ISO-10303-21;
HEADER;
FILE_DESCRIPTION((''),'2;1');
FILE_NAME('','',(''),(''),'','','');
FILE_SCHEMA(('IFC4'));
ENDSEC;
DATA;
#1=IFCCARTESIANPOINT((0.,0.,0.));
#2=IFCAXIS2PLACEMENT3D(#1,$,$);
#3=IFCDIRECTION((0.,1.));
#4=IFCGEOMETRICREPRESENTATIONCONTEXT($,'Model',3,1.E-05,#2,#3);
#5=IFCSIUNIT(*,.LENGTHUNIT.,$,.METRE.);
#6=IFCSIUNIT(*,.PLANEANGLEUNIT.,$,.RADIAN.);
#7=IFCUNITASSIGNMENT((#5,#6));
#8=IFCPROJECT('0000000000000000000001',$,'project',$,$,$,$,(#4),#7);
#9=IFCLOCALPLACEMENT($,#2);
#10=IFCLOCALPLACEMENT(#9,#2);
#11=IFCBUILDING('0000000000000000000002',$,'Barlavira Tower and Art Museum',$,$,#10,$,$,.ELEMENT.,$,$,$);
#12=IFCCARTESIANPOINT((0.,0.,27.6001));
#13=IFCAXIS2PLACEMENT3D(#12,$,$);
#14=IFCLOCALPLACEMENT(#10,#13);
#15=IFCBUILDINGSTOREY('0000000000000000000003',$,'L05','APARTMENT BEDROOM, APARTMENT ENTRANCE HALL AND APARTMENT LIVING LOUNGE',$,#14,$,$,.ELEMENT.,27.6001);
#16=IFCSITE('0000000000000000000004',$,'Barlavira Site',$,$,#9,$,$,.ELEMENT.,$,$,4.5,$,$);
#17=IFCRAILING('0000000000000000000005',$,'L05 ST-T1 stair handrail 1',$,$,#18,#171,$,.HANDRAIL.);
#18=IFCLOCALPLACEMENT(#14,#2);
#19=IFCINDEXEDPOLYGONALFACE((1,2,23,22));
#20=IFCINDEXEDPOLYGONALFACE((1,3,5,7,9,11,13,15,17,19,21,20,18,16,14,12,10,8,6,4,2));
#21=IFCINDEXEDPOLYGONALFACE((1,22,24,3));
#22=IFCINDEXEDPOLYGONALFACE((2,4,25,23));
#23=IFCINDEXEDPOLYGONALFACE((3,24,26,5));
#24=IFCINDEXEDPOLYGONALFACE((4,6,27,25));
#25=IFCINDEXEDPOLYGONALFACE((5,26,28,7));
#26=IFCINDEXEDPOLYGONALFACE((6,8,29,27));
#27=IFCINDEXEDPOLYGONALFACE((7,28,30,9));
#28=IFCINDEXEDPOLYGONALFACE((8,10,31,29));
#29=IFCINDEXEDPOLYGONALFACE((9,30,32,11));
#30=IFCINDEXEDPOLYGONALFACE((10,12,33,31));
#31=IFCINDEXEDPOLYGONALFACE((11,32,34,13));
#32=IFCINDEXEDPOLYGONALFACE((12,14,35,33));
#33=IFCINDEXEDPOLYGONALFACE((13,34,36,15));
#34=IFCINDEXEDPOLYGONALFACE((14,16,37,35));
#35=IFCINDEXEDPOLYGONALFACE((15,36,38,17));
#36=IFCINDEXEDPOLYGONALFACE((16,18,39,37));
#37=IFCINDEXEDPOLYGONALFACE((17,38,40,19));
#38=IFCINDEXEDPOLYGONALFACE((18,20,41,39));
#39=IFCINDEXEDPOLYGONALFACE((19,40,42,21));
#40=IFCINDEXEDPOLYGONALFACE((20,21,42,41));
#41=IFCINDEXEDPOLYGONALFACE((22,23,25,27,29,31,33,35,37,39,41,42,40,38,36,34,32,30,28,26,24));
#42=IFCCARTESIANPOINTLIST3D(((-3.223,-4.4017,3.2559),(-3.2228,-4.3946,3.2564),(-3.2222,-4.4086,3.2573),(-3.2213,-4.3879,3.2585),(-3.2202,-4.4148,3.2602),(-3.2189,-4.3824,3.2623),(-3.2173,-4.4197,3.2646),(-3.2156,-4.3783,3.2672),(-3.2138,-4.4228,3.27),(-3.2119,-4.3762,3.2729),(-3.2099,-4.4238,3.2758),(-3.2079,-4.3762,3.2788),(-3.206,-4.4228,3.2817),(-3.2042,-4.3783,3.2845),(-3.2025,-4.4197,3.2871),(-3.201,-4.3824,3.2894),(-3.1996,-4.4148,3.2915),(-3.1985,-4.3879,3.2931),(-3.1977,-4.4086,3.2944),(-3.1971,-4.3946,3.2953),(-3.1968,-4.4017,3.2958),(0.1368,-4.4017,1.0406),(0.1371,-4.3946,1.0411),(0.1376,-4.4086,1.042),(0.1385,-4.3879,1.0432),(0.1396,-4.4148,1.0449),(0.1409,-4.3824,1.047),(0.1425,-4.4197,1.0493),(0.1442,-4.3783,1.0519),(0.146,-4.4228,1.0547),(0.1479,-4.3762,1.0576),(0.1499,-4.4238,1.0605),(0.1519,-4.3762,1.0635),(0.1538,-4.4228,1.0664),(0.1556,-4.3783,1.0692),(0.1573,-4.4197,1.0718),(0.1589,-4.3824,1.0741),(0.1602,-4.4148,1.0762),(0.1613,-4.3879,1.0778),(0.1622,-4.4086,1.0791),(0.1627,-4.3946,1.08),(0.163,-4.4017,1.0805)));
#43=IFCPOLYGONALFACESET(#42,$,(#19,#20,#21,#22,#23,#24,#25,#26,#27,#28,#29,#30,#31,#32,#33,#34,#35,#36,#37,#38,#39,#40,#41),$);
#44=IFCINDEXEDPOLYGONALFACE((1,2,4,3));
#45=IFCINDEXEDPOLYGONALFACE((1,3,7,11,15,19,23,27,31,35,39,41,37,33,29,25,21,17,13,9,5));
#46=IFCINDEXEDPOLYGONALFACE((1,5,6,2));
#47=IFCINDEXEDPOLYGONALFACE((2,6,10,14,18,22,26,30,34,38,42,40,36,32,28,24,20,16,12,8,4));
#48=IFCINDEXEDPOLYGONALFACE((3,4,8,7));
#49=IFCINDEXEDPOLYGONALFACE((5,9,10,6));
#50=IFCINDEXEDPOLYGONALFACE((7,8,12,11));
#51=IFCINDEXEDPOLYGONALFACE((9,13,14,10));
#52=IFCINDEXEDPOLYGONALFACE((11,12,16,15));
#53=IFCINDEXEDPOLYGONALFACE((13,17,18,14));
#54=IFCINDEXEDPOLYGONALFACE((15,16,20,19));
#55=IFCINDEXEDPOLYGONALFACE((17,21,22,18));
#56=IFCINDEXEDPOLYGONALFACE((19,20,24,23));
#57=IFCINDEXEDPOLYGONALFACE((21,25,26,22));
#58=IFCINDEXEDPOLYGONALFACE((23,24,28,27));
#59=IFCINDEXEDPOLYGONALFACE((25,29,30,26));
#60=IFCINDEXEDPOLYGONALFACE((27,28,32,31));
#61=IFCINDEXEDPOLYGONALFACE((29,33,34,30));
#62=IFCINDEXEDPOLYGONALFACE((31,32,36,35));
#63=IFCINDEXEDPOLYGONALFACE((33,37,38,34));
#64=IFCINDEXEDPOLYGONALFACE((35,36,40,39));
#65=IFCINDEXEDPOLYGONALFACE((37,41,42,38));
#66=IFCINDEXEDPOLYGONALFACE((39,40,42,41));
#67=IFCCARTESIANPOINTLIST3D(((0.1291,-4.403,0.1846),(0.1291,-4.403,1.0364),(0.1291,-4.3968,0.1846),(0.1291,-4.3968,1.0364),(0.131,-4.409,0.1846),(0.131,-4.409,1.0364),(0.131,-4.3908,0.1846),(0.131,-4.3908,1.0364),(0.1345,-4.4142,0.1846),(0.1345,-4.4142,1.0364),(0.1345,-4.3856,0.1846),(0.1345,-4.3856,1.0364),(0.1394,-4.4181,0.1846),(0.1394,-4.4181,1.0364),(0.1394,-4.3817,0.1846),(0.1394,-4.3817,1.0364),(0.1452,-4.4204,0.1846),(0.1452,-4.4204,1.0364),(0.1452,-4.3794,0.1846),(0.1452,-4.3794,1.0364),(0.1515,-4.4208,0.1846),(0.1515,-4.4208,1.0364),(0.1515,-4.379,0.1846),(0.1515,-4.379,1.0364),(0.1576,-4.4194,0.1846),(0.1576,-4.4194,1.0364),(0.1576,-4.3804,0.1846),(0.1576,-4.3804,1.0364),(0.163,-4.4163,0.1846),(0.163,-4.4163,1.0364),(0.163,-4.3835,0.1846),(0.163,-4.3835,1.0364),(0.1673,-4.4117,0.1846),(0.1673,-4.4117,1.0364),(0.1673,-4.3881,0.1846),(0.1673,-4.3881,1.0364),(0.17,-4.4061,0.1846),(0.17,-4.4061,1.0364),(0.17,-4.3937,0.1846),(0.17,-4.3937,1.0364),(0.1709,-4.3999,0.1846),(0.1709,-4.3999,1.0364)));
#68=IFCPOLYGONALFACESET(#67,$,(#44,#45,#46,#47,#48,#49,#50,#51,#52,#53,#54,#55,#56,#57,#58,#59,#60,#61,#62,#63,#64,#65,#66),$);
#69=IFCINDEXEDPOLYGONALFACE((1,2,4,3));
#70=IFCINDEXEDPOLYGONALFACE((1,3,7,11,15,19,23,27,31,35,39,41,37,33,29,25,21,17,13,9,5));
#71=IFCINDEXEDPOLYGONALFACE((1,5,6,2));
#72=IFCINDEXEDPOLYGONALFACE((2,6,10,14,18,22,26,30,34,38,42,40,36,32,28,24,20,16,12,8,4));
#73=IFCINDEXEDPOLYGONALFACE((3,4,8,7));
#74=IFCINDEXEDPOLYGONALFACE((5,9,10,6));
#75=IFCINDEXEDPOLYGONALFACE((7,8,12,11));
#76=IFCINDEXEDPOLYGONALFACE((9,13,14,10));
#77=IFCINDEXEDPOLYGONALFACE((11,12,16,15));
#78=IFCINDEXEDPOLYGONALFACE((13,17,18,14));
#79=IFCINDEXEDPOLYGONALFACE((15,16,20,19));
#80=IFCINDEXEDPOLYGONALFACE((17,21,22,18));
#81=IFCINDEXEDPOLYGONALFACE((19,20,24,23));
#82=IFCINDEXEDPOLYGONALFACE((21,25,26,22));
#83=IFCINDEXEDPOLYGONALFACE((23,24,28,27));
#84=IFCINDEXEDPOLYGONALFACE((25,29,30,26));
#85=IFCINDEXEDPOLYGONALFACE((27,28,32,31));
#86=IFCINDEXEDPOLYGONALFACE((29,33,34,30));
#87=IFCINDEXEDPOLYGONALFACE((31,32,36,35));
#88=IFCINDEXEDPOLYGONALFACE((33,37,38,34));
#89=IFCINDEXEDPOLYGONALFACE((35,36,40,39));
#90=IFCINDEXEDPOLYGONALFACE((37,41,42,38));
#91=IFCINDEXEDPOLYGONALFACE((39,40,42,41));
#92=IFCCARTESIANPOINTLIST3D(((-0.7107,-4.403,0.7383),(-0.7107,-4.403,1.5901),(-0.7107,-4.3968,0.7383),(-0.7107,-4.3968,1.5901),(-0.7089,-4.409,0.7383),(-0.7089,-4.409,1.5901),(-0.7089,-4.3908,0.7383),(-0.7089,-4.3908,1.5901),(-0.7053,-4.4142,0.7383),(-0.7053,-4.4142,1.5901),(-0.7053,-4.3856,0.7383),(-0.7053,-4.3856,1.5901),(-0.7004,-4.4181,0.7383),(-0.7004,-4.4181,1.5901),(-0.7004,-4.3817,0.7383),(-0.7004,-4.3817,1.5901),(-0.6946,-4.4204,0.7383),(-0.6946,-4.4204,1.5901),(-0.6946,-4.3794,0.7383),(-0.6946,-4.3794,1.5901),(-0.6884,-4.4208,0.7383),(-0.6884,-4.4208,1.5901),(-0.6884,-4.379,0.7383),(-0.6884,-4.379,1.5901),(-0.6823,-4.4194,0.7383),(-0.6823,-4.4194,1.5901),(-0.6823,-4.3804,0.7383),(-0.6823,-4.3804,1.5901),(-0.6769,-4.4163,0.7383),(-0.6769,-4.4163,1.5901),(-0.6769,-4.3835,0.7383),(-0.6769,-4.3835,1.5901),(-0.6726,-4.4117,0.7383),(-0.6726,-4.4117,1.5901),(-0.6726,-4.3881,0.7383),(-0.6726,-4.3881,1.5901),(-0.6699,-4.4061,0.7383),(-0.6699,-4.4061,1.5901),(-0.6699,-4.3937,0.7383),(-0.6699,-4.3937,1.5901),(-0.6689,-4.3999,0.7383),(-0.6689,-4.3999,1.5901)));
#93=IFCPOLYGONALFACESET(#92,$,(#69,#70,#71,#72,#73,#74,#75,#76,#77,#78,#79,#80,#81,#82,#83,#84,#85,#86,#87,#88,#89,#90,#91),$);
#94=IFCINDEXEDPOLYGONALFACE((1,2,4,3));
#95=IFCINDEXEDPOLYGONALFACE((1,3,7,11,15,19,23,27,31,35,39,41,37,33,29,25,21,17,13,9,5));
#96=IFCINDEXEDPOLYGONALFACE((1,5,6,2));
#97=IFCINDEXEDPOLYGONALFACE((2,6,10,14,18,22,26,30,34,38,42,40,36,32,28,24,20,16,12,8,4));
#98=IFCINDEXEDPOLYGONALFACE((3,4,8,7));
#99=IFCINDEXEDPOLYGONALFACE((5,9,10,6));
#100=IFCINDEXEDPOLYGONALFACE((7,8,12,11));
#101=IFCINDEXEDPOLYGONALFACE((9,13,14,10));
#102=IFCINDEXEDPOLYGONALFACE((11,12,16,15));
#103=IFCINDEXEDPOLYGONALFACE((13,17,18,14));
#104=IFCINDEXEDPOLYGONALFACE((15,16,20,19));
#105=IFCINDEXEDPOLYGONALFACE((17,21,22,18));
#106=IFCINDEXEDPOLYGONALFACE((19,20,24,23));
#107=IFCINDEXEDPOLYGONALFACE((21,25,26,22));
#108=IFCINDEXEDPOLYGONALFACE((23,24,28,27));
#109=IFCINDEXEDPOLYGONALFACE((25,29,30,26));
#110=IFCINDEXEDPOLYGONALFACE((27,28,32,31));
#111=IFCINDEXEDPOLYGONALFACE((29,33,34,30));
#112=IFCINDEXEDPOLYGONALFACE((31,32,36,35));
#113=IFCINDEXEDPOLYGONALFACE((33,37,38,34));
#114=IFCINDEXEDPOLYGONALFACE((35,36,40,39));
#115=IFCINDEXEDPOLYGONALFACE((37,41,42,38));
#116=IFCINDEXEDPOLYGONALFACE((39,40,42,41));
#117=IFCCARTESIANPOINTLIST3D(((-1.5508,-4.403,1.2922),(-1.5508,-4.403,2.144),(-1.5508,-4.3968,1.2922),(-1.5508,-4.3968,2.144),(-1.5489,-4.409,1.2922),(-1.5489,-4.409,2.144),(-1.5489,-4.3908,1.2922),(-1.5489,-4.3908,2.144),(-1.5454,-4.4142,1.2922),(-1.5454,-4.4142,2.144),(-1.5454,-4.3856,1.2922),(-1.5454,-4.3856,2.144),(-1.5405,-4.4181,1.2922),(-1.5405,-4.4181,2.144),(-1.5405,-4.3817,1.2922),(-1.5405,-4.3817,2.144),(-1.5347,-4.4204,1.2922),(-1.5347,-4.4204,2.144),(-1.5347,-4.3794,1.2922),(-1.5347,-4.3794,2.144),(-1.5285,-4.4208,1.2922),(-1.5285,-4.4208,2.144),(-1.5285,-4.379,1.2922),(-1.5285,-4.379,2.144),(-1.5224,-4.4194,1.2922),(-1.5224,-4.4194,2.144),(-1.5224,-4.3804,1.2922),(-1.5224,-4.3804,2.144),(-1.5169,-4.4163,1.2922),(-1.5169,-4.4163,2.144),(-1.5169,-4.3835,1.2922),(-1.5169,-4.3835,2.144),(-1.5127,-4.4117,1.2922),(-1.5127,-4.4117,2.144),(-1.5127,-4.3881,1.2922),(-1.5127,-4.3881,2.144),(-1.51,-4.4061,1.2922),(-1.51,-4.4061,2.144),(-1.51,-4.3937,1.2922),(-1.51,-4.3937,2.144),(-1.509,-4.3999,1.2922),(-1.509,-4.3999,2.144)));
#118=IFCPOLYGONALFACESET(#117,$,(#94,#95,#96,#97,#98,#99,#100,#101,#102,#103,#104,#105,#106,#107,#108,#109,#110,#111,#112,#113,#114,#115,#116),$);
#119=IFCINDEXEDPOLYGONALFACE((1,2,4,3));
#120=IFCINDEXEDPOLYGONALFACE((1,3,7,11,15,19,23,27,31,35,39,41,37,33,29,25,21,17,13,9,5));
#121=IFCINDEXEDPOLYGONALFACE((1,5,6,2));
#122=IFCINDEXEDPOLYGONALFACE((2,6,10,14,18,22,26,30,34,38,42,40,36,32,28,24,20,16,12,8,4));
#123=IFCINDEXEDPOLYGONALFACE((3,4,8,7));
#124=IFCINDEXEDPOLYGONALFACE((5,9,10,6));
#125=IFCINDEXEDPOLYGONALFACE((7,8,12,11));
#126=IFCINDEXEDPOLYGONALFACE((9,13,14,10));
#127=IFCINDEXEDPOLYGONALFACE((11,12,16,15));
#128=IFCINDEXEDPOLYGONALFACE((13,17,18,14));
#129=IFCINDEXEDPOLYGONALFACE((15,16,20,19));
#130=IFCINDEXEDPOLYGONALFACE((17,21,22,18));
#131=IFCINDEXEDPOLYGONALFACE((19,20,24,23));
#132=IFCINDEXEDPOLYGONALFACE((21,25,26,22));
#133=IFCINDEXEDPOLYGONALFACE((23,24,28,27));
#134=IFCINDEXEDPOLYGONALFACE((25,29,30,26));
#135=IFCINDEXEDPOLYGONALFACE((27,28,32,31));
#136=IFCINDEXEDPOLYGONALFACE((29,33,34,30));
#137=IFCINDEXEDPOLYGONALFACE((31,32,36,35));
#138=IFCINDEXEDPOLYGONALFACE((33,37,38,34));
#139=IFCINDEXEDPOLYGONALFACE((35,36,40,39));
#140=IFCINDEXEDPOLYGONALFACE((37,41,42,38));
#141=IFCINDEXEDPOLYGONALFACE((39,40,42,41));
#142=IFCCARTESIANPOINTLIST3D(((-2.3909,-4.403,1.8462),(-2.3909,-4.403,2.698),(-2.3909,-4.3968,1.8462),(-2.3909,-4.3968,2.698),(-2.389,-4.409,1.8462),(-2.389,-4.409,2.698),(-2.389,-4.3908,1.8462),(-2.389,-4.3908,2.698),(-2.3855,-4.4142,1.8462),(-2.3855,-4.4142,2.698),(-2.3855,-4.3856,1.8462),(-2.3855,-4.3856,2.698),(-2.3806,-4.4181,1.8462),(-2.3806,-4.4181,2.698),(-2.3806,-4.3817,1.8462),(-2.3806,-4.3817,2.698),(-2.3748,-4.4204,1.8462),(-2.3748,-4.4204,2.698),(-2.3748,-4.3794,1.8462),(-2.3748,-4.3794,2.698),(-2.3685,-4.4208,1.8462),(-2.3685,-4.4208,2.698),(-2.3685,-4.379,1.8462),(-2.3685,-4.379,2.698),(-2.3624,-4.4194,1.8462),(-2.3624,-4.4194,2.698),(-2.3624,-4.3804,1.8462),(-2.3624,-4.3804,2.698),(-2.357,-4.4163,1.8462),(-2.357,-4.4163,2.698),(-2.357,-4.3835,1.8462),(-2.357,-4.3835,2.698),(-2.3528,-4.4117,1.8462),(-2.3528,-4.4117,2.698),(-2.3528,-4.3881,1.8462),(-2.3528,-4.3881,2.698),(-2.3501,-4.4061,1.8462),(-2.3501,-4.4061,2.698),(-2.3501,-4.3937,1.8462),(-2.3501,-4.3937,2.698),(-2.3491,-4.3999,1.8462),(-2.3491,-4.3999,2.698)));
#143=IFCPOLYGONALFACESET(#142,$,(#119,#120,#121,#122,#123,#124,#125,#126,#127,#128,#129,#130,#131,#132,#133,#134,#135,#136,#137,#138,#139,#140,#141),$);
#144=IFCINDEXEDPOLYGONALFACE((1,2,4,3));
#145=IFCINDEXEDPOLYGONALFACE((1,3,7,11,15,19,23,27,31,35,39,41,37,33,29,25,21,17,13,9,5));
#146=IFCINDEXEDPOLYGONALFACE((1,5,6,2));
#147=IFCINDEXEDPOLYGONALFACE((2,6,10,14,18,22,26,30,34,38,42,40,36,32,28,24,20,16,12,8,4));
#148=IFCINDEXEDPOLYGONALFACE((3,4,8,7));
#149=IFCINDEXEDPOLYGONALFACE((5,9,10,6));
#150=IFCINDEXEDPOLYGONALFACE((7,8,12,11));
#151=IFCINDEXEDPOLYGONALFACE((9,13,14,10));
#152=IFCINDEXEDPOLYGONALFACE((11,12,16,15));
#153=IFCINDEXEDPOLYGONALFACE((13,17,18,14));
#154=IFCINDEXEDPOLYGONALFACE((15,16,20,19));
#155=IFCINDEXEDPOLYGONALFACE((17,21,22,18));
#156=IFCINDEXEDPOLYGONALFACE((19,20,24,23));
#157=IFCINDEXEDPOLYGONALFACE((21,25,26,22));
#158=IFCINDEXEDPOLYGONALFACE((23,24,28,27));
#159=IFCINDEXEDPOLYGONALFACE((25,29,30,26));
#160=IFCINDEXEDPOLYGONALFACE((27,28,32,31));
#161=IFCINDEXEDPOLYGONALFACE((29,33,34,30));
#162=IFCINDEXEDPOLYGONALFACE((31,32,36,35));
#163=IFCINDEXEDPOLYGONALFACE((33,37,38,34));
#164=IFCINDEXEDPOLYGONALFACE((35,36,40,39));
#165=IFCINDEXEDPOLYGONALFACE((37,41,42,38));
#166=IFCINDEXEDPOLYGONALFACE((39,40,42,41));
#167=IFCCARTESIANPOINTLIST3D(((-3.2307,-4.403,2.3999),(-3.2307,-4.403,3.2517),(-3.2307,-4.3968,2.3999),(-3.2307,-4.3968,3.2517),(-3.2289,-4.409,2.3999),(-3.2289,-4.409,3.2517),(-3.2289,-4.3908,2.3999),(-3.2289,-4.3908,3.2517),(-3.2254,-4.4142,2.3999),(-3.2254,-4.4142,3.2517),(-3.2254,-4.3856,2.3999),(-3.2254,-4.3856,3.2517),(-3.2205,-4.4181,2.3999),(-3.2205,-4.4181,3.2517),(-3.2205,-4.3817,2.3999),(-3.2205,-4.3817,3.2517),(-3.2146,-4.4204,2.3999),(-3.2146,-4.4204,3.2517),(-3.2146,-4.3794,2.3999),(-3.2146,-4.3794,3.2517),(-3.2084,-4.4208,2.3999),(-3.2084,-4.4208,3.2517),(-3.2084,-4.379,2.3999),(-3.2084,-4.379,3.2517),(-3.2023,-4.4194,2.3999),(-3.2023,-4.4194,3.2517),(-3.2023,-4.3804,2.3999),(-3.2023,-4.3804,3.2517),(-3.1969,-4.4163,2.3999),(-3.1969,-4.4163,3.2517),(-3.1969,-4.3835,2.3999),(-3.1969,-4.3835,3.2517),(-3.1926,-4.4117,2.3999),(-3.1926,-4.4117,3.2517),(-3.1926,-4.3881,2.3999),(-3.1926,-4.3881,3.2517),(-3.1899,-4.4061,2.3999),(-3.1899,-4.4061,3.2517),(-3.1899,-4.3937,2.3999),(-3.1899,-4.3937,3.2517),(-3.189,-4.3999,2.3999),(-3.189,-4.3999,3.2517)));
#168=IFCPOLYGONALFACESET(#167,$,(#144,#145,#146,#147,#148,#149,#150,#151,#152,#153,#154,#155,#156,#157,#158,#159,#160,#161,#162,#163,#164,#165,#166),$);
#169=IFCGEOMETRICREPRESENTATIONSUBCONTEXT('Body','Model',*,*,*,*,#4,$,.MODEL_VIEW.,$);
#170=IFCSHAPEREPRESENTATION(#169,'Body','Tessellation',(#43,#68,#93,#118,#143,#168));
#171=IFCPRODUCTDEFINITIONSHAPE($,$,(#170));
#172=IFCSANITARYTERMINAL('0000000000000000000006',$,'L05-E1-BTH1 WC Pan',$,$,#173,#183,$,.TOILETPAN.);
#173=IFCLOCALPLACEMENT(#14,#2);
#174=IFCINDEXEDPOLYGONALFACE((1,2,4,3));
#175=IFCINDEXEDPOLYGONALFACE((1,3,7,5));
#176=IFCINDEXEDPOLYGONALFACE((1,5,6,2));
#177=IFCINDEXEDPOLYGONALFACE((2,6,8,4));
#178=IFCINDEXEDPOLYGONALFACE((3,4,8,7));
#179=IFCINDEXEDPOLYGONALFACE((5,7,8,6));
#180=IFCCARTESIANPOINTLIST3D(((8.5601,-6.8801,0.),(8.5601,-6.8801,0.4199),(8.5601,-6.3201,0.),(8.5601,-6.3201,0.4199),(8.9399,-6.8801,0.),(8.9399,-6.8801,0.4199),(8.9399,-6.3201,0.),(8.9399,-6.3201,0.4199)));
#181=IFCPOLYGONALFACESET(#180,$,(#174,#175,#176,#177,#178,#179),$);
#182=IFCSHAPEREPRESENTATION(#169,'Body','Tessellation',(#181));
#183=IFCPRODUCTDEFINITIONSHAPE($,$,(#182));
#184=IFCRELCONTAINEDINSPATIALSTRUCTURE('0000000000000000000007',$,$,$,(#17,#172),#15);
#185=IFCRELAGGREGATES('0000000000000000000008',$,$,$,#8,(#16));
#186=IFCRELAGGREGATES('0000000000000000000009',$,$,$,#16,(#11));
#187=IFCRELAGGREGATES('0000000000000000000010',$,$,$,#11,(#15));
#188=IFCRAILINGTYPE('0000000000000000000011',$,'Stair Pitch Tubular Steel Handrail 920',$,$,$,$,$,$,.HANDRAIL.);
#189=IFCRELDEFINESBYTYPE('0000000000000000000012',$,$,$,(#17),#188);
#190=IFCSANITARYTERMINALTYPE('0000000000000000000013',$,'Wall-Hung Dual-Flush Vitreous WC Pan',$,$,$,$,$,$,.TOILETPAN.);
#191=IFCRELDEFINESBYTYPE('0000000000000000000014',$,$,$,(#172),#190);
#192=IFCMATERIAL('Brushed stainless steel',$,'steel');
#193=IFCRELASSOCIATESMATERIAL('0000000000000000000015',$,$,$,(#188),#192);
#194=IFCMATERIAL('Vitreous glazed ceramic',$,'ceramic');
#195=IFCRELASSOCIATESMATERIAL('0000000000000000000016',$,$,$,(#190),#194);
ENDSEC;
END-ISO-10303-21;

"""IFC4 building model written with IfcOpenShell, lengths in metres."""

from ifc_helpers import new_model, si_unit, direction, frame, origin, origin_2d, place, context, subcontext, project, spatial, rectangle, circle, extrude, material, type_object, element, save


model = new_model("IFC4")

# Units and contexts
model_context = context("Model", 3, precision=1e-05, world=origin(), true_north=direction((0.0, 1.0)))
body_context = subcontext(model_context, "Body", "Model", "MODEL_VIEW")
ifc_project = project(units=[si_unit("LENGTHUNIT", "METRE"), si_unit("PLANEANGLEUNIT", "RADIAN")], contexts=[model_context])

# Site, building, storey
site_placement = place(None, origin())
site = spatial("IfcSite", under=ifc_project, at=site_placement, Name="Barlavira Site", CompositionType="ELEMENT", RefElevation=4.5)
building_placement = place(site_placement, origin())
building = spatial("IfcBuilding", under=site, at=building_placement, Name="Barlavira Tower and Art Museum", CompositionType="ELEMENT")
storey_placement = place(building_placement, frame((0.0, 0.0, 27.6001)))
storey = spatial("IfcBuildingStorey", under=building, at=storey_placement, Name="L05", Description="APARTMENT BEDROOM, APARTMENT ENTRANCE HALL AND APARTMENT LIVING LOUNGE", CompositionType="ELEMENT", Elevation=27.6001)

# Shared definitions
ifc_material_1 = material(Name="Brushed stainless steel", Category="steel")

# Railing
railing_type_1 = type_object("IfcRailingType", Name="Stair Pitch Tubular Steel Handrail 920", PredefinedType="HANDRAIL", material=ifc_material_1)
railing_1_placement = place(storey_placement, frame((0.1499, -4.3999, 0.1846)))
element("IfcRailing", 1, at=railing_1_placement, inside=storey, type_object=railing_type_1, Name="L05 ST-T1 stair handrail 1", PredefinedType="HANDRAIL", context=body_context, shape_type="SweptSolid", body=[
    extrude(circle(Radius=0.0239, at=origin_2d()), frame((0.0, 0.0, 0.876), z_axis=(-0.834858, 0.0, 0.550465), x_axis=(0.0, -1.0, 0.0)), (0.0, 0.0, 1.0), 4.0244),
    extrude(circle(Radius=0.021, at=origin_2d()), origin(), (0.0, 0.0, 1.0), 0.8518),
    extrude(circle(Radius=0.021, at=origin_2d()), frame((-0.8398, 0.0, 0.5537)), (0.0, 0.0, 1.0), 0.8518),
    extrude(circle(Radius=0.021, at=origin_2d()), frame((-1.6799, 0.0, 1.1077)), (0.0, 0.0, 1.0), 0.8518),
    extrude(circle(Radius=0.021, at=origin_2d()), frame((-2.52, 0.0, 1.6616)), (0.0, 0.0, 1.0), 0.8518),
    extrude(circle(Radius=0.021, at=origin_2d()), frame((-3.3599, 0.0, 2.2153)), (0.0, 0.0, 1.0), 0.8518),
])

# Sanitary terminal
ifc_material_2 = material(Name="Vitreous glazed ceramic", Category="ceramic")
sanitary_terminal_type = type_object("IfcSanitaryTerminalType", Name="Wall-Hung Dual-Flush Vitreous WC Pan", PredefinedType="TOILETPAN", material=ifc_material_2)
sanitary_terminal_placement = place(storey_placement, frame((8.75, -6.6001, 0.0), z_axis=(0.0, 0.0, 1.0), x_axis=(1.0, 0.0, 0.0)))
element("IfcSanitaryTerminal", 2, at=sanitary_terminal_placement, inside=storey, type_object=sanitary_terminal_type, Name="L05-E1-BTH1 WC Pan", PredefinedType="TOILETPAN", context=body_context, shape_type="SweptSolid", body=[
    extrude(rectangle(XDim=0.3799, YDim=0.5601, at=origin_2d()), origin(), (0.0, 0.0, 1.0), 0.4199),
])

save(model, "model.ifc")
